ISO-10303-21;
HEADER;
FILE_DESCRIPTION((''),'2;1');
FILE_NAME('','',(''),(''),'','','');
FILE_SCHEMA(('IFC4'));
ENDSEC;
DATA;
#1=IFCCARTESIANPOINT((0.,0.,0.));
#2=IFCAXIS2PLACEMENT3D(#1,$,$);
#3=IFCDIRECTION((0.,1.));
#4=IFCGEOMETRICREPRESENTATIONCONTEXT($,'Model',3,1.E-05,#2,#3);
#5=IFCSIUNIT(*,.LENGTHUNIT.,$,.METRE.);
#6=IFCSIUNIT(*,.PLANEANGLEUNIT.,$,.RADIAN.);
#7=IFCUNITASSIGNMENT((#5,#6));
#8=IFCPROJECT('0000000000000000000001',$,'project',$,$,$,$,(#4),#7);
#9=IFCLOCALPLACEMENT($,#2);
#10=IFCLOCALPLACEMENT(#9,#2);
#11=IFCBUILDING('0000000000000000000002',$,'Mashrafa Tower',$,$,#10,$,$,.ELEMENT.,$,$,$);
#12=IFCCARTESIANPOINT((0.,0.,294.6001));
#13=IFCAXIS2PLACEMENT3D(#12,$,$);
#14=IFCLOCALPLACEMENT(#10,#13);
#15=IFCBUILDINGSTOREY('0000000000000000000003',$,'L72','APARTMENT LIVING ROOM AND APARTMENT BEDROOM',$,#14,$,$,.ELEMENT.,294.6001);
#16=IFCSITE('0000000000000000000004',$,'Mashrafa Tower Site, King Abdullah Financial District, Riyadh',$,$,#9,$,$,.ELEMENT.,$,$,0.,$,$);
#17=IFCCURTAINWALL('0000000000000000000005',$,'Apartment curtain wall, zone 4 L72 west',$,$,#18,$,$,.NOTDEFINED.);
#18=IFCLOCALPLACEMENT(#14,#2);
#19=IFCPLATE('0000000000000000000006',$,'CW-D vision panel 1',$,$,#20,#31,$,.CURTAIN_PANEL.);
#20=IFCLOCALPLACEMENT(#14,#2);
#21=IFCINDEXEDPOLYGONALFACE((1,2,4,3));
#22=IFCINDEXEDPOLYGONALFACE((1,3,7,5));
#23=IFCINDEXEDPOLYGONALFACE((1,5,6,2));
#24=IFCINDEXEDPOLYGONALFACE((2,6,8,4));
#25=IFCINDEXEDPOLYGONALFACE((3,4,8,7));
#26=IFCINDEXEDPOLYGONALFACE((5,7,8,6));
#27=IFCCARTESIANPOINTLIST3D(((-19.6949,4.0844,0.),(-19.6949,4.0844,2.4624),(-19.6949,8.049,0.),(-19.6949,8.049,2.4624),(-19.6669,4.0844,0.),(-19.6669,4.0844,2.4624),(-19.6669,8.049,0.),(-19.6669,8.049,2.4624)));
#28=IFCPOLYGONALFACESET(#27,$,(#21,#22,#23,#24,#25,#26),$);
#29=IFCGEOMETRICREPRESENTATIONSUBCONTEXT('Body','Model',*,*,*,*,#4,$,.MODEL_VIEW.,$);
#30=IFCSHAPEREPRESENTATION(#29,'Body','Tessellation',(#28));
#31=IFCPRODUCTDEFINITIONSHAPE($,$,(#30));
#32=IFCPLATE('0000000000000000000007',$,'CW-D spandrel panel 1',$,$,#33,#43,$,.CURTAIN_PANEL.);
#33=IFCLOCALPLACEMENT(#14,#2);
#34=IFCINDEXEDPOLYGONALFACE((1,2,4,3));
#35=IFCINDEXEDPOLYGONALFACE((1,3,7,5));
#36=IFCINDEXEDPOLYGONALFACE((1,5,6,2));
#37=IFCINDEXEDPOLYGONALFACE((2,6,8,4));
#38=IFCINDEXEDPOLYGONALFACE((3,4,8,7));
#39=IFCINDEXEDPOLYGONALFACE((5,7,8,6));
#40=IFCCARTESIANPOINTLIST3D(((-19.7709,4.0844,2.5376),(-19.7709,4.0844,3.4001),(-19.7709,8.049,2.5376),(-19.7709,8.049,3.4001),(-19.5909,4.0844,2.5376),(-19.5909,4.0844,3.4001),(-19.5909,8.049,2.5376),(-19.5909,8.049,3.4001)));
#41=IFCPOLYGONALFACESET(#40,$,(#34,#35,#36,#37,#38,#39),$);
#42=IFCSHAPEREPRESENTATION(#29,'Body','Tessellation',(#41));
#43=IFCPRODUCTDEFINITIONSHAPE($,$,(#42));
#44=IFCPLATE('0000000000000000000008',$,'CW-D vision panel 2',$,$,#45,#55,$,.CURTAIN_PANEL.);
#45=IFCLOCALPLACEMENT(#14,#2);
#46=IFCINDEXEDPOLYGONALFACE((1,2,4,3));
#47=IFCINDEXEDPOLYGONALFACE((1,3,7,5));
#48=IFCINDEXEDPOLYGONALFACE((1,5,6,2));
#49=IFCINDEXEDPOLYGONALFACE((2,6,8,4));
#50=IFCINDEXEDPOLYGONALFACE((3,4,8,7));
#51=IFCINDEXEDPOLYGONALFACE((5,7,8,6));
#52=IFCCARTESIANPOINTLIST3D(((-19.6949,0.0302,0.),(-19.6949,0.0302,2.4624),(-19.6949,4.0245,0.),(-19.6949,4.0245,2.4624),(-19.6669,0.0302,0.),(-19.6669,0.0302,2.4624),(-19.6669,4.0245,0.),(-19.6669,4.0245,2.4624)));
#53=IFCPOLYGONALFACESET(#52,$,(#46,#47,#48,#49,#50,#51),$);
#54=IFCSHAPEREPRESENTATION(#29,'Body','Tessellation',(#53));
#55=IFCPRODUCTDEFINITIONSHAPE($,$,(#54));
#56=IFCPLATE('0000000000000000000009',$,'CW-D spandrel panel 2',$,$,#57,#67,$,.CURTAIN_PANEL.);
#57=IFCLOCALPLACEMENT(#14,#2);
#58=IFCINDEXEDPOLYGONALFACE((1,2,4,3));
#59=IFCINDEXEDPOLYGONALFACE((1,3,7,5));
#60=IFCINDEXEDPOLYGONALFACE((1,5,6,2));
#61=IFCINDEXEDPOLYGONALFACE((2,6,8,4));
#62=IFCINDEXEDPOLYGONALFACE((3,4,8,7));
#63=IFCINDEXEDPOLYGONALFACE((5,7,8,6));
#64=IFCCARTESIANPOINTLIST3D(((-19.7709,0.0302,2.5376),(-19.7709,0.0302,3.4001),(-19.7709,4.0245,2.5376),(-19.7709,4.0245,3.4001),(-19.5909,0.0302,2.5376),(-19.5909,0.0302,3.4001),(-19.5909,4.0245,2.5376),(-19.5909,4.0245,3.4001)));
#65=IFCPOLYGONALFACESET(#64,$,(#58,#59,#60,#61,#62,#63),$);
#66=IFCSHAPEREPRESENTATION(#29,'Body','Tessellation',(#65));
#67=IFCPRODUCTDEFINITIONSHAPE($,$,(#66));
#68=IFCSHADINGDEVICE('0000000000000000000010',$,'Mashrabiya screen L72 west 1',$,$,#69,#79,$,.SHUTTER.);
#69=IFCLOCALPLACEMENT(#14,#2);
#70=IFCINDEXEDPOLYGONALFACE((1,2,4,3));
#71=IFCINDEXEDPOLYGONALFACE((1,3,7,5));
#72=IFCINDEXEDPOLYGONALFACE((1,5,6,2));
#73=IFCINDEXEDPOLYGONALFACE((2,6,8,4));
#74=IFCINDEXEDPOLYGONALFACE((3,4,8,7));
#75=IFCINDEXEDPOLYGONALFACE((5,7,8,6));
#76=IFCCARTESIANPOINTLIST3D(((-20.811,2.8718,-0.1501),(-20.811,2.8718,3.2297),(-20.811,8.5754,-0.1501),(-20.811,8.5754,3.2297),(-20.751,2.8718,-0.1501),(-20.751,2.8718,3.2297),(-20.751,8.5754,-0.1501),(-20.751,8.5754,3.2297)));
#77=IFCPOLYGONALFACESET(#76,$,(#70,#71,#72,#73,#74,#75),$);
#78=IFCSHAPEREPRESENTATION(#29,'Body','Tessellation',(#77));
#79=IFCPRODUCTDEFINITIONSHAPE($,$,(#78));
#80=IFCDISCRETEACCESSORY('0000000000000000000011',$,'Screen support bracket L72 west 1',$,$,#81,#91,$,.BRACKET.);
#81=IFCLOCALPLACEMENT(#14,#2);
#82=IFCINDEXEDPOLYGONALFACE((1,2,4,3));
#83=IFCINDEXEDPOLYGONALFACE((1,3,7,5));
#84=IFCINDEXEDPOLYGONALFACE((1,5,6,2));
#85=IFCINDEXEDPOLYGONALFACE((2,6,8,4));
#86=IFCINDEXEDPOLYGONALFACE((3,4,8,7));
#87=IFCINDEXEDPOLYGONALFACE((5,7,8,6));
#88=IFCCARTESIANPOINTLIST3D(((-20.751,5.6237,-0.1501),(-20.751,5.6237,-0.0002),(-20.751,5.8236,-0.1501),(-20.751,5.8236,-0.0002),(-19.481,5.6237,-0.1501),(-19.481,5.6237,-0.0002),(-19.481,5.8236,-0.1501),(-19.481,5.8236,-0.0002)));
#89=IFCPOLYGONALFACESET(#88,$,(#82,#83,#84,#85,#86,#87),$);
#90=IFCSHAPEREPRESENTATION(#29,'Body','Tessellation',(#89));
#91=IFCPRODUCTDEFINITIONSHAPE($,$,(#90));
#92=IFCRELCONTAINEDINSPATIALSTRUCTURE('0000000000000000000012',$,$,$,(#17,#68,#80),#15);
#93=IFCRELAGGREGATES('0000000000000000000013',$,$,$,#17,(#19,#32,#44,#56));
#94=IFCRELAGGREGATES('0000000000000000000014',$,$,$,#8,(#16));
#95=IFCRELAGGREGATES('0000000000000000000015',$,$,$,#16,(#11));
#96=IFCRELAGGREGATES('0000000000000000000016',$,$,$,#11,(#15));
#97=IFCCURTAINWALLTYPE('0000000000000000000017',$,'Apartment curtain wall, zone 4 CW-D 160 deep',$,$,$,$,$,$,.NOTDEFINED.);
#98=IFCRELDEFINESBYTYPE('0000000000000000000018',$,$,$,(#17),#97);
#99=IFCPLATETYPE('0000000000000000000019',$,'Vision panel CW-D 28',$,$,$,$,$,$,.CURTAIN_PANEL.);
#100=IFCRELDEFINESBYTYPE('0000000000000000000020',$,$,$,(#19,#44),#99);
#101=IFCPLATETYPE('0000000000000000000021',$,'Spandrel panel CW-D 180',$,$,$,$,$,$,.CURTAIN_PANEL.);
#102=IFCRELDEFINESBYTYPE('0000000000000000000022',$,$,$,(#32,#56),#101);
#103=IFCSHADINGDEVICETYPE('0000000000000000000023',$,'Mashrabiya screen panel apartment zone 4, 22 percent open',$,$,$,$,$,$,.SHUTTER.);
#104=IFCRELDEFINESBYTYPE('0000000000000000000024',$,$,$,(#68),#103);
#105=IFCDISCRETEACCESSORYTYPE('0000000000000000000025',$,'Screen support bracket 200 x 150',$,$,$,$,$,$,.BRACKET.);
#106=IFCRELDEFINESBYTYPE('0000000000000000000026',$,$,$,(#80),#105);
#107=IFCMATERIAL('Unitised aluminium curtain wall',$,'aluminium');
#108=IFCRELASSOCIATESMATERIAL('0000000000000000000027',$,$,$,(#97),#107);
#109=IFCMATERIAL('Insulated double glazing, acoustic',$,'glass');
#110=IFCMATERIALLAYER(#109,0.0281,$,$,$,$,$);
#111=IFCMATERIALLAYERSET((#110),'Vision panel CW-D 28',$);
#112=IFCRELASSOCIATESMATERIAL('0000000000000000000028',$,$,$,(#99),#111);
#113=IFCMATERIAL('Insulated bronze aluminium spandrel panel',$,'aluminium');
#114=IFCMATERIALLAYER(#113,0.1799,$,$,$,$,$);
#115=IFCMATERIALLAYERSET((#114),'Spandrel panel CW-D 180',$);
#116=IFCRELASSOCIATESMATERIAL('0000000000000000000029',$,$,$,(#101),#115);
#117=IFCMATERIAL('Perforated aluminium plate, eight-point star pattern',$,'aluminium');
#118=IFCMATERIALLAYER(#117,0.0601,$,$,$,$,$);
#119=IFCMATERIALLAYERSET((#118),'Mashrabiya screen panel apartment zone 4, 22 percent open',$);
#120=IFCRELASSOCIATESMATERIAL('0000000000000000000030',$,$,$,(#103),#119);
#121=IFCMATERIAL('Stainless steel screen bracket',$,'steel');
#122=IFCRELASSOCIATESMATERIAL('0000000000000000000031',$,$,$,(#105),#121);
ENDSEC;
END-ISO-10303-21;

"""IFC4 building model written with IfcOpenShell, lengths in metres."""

from ifc_helpers import new_model, si_unit, direction, frame, origin, origin_2d, place, context, subcontext, project, spatial, rectangle, extrude, source, transform, mapped, material, layer, layer_set, type_object, type_shapes, element, aggregate, save


model = new_model("IFC4")

# Units and contexts
model_context = context("Model", 3, precision=1e-05, world=origin(), true_north=direction((0.0, 1.0)))
body_context = subcontext(model_context, "Body", "Model", "MODEL_VIEW")
ifc_project = project(units=[si_unit("LENGTHUNIT", "METRE"), si_unit("PLANEANGLEUNIT", "RADIAN")], contexts=[model_context])

# Site, building, storey
site_placement = place(None, origin())
site = spatial("IfcSite", under=ifc_project, at=site_placement, Name="Mashrafa Tower Site, King Abdullah Financial District, Riyadh", CompositionType="ELEMENT", RefElevation=0.0)
building_placement = place(site_placement, origin())
building = spatial("IfcBuilding", under=site, at=building_placement, Name="Mashrafa Tower", CompositionType="ELEMENT")
storey_placement = place(building_placement, frame((0.0, 0.0, 294.6001)))
storey = spatial("IfcBuildingStorey", under=building, at=storey_placement, Name="L72", Description="APARTMENT LIVING ROOM AND APARTMENT BEDROOM", CompositionType="ELEMENT", Elevation=294.6001)

# Curtain wall, plates
ifc_material_1 = material(Name="Unitised aluminium curtain wall", Category="aluminium")
curtain_wall_type = type_object("IfcCurtainWallType", Name="Apartment curtain wall, zone 4 CW-D 160 deep", PredefinedType="NOTDEFINED", material=ifc_material_1)
curtain_wall_placement = place(storey_placement, origin())
curtain_wall = element("IfcCurtainWall", 1, at=curtain_wall_placement, inside=storey, type_object=curtain_wall_type, Name="Apartment curtain wall, zone 4 L72 west", PredefinedType="NOTDEFINED")
ifc_material_2 = material(Name="Insulated double glazing, acoustic", Category="glass")
ifc_layer_1 = layer(ifc_material_2, 0.0281)
ifc_layer_set_1 = layer_set([ifc_layer_1], Name="Vision panel CW-D 28")
plate_type_1 = type_object("IfcPlateType", Name="Vision panel CW-D 28", PredefinedType="CURTAIN_PANEL", material=ifc_layer_set_1)
shared_shape_1 = source(origin(), body_context, "Body", "SweptSolid", [
    extrude(rectangle(XDim=3.9646, YDim=0.0281, at=origin_2d()), origin(), (0.0, 0.0, 1.0), 2.4624),
])
plate_1_placement = place(storey_placement, frame((-19.6809, 6.0667, 0.0), z_axis=(0.0, 0.0, 1.0), x_axis=(0.0, -1.0, 0.0)))
plate_1 = element("IfcPlate", 2, at=plate_1_placement, type_object=plate_type_1, Name="CW-D vision panel 1", PredefinedType="CURTAIN_PANEL", context=body_context, shape_type="MappedRepresentation", body=[
    mapped(shared_shape_1, transform((0.0, 0.0, 0.0))),
])
ifc_material_3 = material(Name="Insulated bronze aluminium spandrel panel", Category="aluminium")
ifc_layer_2 = layer(ifc_material_3, 0.1799)
ifc_layer_set_2 = layer_set([ifc_layer_2], Name="Spandrel panel CW-D 180")
plate_type_2 = type_object("IfcPlateType", Name="Spandrel panel CW-D 180", PredefinedType="CURTAIN_PANEL", material=ifc_layer_set_2)
shared_shape_2 = source(origin(), body_context, "Body", "SweptSolid", [
    extrude(rectangle(XDim=3.9646, YDim=0.1799, at=origin_2d()), origin(), (0.0, 0.0, 1.0), 0.8625),
])
plate_2_placement = place(storey_placement, frame((-19.6809, 6.0667, 2.5376), z_axis=(0.0, 0.0, 1.0), x_axis=(0.0, -1.0, 0.0)))
plate_2 = element("IfcPlate", 3, at=plate_2_placement, type_object=plate_type_2, Name="CW-D spandrel panel 1", PredefinedType="CURTAIN_PANEL", context=body_context, shape_type="MappedRepresentation", body=[
    mapped(shared_shape_2, transform((0.0, 0.0, 0.0))),
])
shared_shape_3 = source(origin(), body_context, "Body", "SweptSolid", [
    extrude(rectangle(XDim=3.9944, YDim=0.0281, at=origin_2d()), origin(), (0.0, 0.0, 1.0), 2.4624),
])
type_shapes(plate_type_1, [shared_shape_1, shared_shape_3])
plate_3_placement = place(storey_placement, frame((-19.6809, 2.0273, 0.0), z_axis=(0.0, 0.0, 1.0), x_axis=(0.0, -1.0, 0.0)))
plate_3 = element("IfcPlate", 4, at=plate_3_placement, type_object=plate_type_1, Name="CW-D vision panel 2", PredefinedType="CURTAIN_PANEL", context=body_context, shape_type="MappedRepresentation", body=[
    mapped(shared_shape_3, transform((0.0, 0.0, 0.0))),
])
shared_shape_4 = source(origin(), body_context, "Body", "SweptSolid", [
    extrude(rectangle(XDim=3.9944, YDim=0.1799, at=origin_2d()), origin(), (0.0, 0.0, 1.0), 0.8625),
])
type_shapes(plate_type_2, [shared_shape_2, shared_shape_4])
plate_4_placement = place(storey_placement, frame((-19.6809, 2.0273, 2.5376), z_axis=(0.0, 0.0, 1.0), x_axis=(0.0, -1.0, 0.0)))
plate_4 = element("IfcPlate", 5, at=plate_4_placement, type_object=plate_type_2, Name="CW-D spandrel panel 2", PredefinedType="CURTAIN_PANEL", context=body_context, shape_type="MappedRepresentation", body=[
    mapped(shared_shape_4, transform((0.0, 0.0, 0.0))),
])
aggregate(curtain_wall, [plate_1, plate_2, plate_3, plate_4])

# Shading device
ifc_material_4 = material(Name="Perforated aluminium plate, eight-point star pattern", Category="aluminium")
ifc_layer_3 = layer(ifc_material_4, 0.0601)
ifc_layer_set_3 = layer_set([ifc_layer_3], Name="Mashrabiya screen panel apartment zone 4, 22 percent open")
shading_device_type = type_object("IfcShadingDeviceType", Name="Mashrabiya screen panel apartment zone 4, 22 percent open", PredefinedType="SHUTTER", material=ifc_layer_set_3)
shared_shape_5 = source(origin(), body_context, "Body", "SweptSolid", [
    extrude(rectangle(XDim=5.7036, YDim=0.0601, at=origin_2d()), origin(), (0.0, 0.0, 1.0), 3.3799),
])
type_shapes(shading_device_type, [shared_shape_5])
shading_device_placement = place(storey_placement, frame((-20.781, 5.7236, -0.1501), z_axis=(0.0, 0.0, 1.0), x_axis=(0.0, -1.0, 0.0)))
element("IfcShadingDevice", 6, at=shading_device_placement, inside=storey, type_object=shading_device_type, Name="Mashrabiya screen L72 west 1", PredefinedType="SHUTTER", context=body_context, shape_type="MappedRepresentation", body=[
    mapped(shared_shape_5, transform((0.0, 0.0, 0.0))),
])

# Discrete accessory
ifc_material_5 = material(Name="Stainless steel screen bracket", Category="steel")
discrete_accessory_type = type_object("IfcDiscreteAccessoryType", Name="Screen support bracket 200 x 150", PredefinedType="BRACKET", material=ifc_material_5)
shared_shape_6 = source(origin(), body_context, "Body", "SweptSolid", [
    extrude(rectangle(XDim=0.2, YDim=1.27, at=origin_2d()), origin(), (0.0, 0.0, 1.0), 0.1499),
])
type_shapes(discrete_accessory_type, [shared_shape_6])
discrete_accessory_placement = place(storey_placement, frame((-20.116, 5.7236, -0.1501), z_axis=(0.0, 0.0, 1.0), x_axis=(0.0, -1.0, 0.0)))
element("IfcDiscreteAccessory", 7, at=discrete_accessory_placement, inside=storey, type_object=discrete_accessory_type, Name="Screen support bracket L72 west 1", PredefinedType="BRACKET", context=body_context, shape_type="MappedRepresentation", body=[
    mapped(shared_shape_6, transform((0.0, 0.0, 0.0))),
])

save(model, "model.ifc")
